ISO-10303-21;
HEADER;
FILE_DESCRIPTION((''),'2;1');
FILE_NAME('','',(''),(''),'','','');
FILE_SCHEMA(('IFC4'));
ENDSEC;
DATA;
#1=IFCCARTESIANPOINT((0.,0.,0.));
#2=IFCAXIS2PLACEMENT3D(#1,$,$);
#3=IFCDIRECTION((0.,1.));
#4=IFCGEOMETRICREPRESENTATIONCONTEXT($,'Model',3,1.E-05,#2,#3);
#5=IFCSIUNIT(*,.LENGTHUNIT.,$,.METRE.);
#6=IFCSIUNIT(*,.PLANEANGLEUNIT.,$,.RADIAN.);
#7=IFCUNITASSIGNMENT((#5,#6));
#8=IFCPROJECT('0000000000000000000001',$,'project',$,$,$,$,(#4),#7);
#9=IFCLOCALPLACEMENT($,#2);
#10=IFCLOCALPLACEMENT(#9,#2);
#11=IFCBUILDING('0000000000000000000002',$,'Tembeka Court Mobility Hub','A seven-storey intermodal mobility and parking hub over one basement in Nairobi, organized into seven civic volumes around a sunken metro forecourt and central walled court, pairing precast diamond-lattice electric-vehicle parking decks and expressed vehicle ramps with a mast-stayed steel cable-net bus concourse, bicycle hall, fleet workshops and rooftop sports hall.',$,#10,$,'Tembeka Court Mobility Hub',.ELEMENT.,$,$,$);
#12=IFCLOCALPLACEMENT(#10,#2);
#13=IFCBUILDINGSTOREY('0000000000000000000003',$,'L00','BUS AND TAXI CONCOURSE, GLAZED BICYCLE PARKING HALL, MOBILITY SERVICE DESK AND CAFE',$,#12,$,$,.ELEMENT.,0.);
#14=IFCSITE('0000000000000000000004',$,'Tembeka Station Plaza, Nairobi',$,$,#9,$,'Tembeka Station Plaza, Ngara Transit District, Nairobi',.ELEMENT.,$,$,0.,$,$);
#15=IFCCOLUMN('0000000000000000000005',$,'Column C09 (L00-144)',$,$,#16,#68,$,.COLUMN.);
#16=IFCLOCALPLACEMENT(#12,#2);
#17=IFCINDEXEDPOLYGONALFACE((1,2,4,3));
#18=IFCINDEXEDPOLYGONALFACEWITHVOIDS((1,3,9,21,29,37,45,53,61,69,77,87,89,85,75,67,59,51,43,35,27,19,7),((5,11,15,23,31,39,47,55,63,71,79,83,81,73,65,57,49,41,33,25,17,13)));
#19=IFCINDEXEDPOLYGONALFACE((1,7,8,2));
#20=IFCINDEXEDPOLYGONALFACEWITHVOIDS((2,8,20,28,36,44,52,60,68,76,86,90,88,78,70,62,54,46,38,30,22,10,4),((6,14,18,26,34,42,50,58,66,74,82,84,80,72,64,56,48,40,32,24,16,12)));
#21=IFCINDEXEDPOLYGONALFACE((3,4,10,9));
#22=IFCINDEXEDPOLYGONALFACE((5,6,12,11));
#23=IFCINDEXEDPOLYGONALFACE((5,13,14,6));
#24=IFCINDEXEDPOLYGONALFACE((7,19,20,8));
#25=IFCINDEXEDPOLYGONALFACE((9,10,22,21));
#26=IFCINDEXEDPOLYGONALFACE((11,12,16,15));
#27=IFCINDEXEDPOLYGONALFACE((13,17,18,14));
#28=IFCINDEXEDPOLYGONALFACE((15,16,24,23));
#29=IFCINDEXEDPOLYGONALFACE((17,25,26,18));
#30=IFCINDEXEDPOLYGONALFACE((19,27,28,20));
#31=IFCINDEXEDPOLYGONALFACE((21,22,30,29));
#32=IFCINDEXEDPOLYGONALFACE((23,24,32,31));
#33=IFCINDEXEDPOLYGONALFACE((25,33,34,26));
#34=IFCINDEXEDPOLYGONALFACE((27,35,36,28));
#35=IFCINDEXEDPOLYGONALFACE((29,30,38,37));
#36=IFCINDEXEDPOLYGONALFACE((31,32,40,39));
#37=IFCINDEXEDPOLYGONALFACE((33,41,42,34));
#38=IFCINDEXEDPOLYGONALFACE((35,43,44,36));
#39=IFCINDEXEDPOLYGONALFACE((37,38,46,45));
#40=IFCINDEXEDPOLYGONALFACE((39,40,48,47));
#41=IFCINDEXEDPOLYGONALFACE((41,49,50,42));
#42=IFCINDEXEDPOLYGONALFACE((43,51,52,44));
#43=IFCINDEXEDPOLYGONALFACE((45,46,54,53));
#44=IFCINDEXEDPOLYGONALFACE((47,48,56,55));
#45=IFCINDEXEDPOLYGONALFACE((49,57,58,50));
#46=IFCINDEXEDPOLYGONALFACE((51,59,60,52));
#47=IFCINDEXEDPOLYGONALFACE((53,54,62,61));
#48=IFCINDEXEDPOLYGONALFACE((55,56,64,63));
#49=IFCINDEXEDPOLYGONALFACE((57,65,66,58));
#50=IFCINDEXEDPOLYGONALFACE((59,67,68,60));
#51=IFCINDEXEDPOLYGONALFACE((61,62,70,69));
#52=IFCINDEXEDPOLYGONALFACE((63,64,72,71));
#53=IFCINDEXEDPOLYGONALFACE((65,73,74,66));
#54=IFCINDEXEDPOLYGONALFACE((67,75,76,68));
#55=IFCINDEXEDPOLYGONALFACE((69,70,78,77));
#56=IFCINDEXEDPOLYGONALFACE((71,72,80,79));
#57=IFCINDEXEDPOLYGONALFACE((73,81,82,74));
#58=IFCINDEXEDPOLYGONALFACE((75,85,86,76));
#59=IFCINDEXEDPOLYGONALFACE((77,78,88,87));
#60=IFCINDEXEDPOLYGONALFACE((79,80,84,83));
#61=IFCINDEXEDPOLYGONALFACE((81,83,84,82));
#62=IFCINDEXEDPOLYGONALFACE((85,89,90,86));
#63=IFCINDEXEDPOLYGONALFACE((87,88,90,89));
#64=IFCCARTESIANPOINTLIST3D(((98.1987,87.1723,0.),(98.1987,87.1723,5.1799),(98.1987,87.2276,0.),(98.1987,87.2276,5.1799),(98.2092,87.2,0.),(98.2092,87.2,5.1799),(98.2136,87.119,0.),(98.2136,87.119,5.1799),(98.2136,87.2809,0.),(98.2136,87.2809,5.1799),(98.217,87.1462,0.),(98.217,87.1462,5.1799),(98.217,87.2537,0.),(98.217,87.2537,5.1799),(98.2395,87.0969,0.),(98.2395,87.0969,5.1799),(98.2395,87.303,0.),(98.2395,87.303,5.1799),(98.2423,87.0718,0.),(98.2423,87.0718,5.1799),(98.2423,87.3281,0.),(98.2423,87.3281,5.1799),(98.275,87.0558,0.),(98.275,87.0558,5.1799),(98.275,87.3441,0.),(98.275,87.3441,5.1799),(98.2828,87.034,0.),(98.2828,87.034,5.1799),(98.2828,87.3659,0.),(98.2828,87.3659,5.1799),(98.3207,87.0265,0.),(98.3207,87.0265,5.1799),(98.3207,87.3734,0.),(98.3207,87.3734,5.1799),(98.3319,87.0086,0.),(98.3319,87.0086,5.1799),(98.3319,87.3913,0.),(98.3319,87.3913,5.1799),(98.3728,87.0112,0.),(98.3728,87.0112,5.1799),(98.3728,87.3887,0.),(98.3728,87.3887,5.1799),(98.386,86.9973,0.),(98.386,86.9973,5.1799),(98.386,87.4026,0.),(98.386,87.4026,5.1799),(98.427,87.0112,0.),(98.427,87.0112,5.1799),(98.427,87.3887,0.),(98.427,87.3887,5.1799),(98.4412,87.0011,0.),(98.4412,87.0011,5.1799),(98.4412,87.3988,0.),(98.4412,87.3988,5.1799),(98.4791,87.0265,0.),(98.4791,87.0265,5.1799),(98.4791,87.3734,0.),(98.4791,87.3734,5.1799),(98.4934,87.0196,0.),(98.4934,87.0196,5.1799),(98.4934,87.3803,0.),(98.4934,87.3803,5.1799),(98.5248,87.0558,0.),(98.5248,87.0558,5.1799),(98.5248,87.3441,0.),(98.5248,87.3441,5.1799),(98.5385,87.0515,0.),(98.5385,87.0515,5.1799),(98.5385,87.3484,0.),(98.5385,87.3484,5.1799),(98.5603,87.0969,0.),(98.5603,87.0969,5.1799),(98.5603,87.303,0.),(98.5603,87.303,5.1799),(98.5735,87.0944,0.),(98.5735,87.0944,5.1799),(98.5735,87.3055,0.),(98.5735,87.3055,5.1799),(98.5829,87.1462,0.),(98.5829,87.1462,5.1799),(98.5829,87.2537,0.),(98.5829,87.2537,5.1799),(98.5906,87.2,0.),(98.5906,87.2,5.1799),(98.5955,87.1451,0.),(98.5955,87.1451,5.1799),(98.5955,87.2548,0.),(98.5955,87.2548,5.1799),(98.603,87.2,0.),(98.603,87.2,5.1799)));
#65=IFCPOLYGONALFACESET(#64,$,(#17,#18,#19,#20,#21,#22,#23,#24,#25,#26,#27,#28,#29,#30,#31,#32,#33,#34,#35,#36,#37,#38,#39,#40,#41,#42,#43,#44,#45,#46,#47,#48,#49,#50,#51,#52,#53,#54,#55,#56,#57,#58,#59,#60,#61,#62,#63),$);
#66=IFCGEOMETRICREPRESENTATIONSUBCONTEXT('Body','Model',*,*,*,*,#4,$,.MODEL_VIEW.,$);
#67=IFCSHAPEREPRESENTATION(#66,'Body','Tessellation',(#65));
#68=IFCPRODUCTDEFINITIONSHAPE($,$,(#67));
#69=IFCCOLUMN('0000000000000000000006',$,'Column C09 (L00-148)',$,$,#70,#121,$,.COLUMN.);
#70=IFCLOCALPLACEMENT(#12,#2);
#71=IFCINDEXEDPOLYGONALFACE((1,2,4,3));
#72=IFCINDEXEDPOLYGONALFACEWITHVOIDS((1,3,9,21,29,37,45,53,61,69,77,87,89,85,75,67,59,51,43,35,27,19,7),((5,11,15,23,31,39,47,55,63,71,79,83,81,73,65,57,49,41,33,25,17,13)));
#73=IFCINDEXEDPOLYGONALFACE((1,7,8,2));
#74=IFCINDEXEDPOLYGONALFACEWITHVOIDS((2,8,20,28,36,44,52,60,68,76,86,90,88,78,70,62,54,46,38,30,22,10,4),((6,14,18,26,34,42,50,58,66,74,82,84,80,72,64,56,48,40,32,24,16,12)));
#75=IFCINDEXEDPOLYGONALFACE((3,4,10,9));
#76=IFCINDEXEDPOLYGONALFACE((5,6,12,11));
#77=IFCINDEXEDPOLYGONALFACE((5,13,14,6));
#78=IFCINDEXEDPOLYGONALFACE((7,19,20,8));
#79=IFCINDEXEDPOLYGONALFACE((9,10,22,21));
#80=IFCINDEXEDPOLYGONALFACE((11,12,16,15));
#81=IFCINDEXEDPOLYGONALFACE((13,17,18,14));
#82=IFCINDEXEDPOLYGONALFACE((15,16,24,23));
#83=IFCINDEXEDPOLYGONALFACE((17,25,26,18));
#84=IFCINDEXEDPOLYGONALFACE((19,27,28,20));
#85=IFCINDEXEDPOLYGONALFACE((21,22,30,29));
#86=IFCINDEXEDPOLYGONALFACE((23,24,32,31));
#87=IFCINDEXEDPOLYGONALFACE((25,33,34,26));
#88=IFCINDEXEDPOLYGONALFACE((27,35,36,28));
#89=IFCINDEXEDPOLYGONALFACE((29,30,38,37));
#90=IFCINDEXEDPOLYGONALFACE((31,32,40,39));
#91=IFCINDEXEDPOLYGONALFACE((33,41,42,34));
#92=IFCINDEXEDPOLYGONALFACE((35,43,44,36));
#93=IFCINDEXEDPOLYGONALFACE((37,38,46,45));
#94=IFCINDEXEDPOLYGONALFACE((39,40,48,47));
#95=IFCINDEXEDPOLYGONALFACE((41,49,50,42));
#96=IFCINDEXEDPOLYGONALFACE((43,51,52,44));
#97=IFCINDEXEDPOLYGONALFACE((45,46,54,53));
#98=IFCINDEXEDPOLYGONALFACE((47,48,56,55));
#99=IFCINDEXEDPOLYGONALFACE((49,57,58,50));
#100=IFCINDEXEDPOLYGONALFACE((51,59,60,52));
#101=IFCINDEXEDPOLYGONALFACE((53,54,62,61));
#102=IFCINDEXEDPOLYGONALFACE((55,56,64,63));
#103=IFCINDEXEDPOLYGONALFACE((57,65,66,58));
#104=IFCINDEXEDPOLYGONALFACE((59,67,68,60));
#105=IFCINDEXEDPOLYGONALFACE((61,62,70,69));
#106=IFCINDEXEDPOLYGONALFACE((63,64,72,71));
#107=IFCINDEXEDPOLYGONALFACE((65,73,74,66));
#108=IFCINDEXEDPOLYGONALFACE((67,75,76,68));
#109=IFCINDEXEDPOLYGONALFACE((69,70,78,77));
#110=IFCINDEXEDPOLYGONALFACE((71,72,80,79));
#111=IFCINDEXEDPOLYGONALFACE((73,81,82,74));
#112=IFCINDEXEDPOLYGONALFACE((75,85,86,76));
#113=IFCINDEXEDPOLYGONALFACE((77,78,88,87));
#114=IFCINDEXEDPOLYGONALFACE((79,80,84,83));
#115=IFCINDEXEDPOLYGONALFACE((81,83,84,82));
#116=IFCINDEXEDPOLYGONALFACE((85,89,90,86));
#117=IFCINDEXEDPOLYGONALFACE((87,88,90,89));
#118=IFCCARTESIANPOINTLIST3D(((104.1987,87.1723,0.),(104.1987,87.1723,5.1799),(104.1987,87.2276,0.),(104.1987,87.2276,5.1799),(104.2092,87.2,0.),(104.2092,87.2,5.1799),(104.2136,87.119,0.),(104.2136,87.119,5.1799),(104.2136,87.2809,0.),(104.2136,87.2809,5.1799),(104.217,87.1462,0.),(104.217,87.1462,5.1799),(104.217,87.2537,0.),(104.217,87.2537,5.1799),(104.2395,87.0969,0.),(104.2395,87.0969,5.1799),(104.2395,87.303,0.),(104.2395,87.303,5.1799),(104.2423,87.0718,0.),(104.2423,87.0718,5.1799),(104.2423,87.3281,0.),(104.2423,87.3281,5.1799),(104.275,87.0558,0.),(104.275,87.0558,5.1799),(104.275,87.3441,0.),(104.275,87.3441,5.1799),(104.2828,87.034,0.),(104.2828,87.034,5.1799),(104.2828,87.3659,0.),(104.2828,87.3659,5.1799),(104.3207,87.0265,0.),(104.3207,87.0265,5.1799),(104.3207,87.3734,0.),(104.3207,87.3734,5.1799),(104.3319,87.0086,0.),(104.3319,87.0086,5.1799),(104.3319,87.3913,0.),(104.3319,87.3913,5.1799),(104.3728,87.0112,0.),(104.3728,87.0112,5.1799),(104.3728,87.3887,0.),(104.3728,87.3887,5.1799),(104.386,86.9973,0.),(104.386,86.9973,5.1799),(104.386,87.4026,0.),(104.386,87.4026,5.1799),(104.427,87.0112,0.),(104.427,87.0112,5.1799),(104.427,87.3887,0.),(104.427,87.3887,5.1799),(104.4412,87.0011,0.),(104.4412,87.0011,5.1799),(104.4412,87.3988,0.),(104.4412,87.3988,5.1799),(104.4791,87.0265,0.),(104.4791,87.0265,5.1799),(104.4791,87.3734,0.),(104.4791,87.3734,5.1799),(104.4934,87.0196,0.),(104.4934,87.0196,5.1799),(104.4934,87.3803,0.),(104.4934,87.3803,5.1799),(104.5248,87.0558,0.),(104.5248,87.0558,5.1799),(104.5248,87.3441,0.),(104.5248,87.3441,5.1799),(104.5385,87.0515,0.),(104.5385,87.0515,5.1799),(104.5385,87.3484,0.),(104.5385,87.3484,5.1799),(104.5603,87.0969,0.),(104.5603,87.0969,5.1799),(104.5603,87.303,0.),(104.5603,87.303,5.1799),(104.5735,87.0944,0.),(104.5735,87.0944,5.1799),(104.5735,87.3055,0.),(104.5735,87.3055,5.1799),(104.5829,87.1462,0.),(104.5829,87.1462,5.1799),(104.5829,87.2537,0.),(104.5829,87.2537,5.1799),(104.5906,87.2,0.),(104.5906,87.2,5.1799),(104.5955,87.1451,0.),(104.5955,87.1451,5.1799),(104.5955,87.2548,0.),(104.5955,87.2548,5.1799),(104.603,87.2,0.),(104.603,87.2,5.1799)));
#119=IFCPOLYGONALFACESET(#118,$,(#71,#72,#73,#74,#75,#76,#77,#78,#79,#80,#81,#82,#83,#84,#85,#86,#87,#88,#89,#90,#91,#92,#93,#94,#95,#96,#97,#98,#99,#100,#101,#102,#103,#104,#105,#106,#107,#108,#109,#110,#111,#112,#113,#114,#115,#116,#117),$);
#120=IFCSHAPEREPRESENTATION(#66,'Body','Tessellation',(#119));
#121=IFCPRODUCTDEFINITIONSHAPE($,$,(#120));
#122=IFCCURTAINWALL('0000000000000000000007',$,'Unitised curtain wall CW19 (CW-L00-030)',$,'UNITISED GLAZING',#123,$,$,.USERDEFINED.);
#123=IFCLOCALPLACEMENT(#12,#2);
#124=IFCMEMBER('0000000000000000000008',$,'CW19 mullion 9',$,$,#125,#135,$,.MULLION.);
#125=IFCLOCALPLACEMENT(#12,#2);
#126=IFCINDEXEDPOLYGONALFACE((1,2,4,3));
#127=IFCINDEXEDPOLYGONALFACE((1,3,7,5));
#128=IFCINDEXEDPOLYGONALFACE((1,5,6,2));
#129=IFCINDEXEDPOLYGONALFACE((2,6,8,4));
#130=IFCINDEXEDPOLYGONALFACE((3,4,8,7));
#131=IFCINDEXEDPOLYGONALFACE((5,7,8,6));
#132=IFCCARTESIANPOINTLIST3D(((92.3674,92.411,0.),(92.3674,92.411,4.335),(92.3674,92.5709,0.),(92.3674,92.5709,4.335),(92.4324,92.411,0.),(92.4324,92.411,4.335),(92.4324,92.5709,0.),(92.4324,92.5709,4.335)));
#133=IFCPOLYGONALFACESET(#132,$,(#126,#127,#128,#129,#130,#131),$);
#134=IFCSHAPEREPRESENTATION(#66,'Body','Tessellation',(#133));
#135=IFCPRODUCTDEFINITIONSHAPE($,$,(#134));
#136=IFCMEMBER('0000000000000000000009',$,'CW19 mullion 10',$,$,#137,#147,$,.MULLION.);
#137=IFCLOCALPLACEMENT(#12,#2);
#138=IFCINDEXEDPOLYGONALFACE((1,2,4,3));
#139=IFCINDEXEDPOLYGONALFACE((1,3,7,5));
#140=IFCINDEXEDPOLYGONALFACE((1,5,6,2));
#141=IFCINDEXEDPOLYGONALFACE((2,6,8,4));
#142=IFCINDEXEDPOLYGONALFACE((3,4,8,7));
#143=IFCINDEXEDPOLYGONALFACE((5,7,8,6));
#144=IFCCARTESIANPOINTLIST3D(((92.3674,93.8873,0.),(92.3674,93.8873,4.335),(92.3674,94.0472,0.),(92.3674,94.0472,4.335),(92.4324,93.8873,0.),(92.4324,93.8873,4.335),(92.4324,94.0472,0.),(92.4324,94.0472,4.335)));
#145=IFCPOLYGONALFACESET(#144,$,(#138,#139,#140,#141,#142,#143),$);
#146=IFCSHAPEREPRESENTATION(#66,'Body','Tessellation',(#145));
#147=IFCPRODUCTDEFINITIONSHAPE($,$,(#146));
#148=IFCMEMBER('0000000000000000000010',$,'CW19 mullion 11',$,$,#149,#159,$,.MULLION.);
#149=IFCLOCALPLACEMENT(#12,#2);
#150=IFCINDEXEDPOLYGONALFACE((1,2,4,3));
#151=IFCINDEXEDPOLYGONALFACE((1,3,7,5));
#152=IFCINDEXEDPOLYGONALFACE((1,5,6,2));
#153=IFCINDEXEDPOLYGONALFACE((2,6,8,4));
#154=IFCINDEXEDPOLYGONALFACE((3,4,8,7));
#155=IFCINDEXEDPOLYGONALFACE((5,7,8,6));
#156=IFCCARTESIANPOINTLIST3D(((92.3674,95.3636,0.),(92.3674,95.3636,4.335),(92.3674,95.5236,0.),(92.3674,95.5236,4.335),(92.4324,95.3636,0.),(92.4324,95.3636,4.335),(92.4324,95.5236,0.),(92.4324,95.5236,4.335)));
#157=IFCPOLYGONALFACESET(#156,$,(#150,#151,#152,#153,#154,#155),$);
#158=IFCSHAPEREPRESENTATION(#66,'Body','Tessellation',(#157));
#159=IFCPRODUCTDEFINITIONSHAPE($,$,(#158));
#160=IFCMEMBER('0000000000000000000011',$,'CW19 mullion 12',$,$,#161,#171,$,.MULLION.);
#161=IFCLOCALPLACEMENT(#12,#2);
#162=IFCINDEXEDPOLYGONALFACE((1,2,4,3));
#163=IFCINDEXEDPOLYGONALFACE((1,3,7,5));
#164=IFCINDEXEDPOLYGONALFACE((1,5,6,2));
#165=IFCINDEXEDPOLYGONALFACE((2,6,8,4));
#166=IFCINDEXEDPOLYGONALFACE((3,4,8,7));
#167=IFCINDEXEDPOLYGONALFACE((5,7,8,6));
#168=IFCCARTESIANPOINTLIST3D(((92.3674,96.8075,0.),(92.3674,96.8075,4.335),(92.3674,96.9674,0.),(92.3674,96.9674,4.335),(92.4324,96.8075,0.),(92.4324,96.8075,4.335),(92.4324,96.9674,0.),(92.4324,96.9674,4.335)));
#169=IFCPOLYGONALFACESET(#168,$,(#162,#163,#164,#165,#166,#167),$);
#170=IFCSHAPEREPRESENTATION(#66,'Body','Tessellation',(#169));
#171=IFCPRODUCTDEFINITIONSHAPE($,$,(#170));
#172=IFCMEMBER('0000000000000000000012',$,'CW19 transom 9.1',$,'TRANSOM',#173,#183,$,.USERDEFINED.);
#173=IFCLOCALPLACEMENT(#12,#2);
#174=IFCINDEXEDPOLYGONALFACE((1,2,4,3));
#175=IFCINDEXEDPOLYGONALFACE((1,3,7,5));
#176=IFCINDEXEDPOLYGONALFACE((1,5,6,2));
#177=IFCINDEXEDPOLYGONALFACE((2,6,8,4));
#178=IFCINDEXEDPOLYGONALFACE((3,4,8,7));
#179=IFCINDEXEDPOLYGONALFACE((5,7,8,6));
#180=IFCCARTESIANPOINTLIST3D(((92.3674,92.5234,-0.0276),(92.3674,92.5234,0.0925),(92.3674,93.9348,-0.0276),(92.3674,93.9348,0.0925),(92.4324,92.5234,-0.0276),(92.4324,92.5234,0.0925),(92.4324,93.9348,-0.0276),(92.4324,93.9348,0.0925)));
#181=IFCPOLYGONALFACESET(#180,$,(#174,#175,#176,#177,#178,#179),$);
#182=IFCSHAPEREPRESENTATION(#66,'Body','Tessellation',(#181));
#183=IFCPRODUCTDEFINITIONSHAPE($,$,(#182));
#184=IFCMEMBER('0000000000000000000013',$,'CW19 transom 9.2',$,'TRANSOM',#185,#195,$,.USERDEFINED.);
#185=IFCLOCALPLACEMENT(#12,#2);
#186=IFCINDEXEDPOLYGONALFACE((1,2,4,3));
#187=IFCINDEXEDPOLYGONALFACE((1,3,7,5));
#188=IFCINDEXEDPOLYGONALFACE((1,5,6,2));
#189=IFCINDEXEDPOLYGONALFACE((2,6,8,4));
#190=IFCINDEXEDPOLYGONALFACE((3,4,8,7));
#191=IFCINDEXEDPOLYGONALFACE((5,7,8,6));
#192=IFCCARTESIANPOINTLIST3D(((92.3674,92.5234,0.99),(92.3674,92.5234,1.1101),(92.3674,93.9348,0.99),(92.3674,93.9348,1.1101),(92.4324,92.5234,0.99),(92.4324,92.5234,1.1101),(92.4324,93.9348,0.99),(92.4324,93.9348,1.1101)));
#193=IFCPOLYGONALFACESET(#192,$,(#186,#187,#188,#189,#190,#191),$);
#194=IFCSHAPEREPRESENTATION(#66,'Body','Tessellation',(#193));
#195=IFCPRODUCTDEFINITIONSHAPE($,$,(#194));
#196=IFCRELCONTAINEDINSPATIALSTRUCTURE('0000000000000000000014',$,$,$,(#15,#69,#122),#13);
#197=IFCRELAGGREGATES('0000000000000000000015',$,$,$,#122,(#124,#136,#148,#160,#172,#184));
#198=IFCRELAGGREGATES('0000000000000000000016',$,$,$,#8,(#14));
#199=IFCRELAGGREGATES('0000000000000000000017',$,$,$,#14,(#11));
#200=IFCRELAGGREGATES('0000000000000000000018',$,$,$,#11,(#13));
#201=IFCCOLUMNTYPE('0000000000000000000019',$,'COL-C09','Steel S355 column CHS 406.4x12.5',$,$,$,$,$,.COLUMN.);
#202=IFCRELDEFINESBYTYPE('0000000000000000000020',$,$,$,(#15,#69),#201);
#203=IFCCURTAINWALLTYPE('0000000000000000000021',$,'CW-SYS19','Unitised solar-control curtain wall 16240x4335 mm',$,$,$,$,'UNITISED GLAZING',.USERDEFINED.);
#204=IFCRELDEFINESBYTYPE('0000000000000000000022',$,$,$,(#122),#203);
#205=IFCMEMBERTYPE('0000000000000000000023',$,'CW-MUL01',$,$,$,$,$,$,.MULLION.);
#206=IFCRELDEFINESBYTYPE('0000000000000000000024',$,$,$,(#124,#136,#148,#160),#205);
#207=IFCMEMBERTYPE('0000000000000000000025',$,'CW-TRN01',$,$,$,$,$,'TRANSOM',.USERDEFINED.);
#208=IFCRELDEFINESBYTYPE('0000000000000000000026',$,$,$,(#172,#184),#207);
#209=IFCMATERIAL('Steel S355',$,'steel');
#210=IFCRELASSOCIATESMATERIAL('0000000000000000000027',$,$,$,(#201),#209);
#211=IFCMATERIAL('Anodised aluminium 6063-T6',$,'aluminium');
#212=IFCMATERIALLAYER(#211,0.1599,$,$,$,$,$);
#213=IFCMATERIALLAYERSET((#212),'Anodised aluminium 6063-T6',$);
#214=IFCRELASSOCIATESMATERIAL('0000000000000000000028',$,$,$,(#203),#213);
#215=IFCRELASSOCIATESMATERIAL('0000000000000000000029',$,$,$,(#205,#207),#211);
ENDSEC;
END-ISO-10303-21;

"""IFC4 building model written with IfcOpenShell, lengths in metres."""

from ifc_helpers import new_model, si_unit, direction, frame, origin, origin_2d, place, context, subcontext, project, spatial, rectangle, hollow_circle, extrude, material, layer, layer_set, material_profile, profile_set, type_object, element, aggregate, save


model = new_model("IFC4")

# Units and contexts
model_context = context("Model", 3, precision=1e-05, world=origin(), true_north=direction((0.0, 1.0)))
body_context = subcontext(model_context, "Body", "Model", "MODEL_VIEW")
ifc_project = project(units=[si_unit("LENGTHUNIT", "METRE"), si_unit("PLANEANGLEUNIT", "RADIAN")], contexts=[model_context])

# Site, building, storey
site_placement = place(None, origin())
site = spatial("IfcSite", under=ifc_project, at=site_placement, Name="Tembeka Station Plaza, Nairobi", LongName="Tembeka Station Plaza, Ngara Transit District, Nairobi", CompositionType="ELEMENT", RefElevation=0.0)
building_placement = place(site_placement, origin())
building = spatial("IfcBuilding", under=site, at=building_placement, Name="Tembeka Court Mobility Hub", Description="A seven-storey intermodal mobility and parking hub over one basement in Nairobi, organized into seven civic volumes around a sunken metro forecourt and central walled court, pairing precast diamond-lattice electric-vehicle parking decks and expressed vehicle ramps with a mast-stayed steel cable-net bus concourse, bicycle hall, fleet workshops and rooftop sports hall.", LongName="Tembeka Court Mobility Hub", CompositionType="ELEMENT")
storey_placement = place(building_placement, origin())
storey = spatial("IfcBuildingStorey", under=building, at=storey_placement, Name="L00", Description="BUS AND TAXI CONCOURSE, GLAZED BICYCLE PARKING HALL, MOBILITY SERVICE DESK AND CAFE", CompositionType="ELEMENT", Elevation=0.0)

# Columns
ifc_material_1 = material(Name="Steel S355", Category="steel")
ifc_material_profile_1 = material_profile(ifc_material_1, hollow_circle(Radius=0.2031, WallThickness=0.0125, at=origin_2d()), Name="CHS 406.4x12.5")
ifc_profile_set_1 = profile_set([ifc_material_profile_1], Name="Steel S355")
column_type = type_object("IfcColumnType", Name="COL-C09", Description="Steel S355 column CHS 406.4x12.5", PredefinedType="COLUMN", material=ifc_profile_set_1)
for number, where, z_axis, x_axis, name in (
    (1, (98.3999, 87.2, 0.0), (0.0, 0.0, 1.0), (1.0, 0.0, 0.0), "Column C09 (L00-144)"),
    (2, (104.3999, 87.2, 0.0), (0.0, 0.0, 1.0), (1.0, 0.0, 0.0), "Column C09 (L00-148)"),
):
    element("IfcColumn", number, at=place(storey_placement, frame(where, z_axis=z_axis, x_axis=x_axis)), inside=storey, type_object=column_type, Name=name, PredefinedType="COLUMN", context=body_context, shape_type="SweptSolid", body=[
        extrude(hollow_circle(Radius=0.2031, WallThickness=0.0125, at=origin_2d()), origin(), (0.0, 0.0, 1.0), 5.1799),
    ])

# Curtain wall, members
ifc_material_2 = material(Name="Anodised aluminium 6063-T6", Category="aluminium")
ifc_layer_1 = layer(ifc_material_2, 0.1599)
ifc_layer_set_1 = layer_set([ifc_layer_1], Name="Anodised aluminium 6063-T6")
curtain_wall_type = type_object("IfcCurtainWallType", Name="CW-SYS19", Description="Unitised solar-control curtain wall 16240x4335 mm", ElementType="UNITISED GLAZING", PredefinedType="USERDEFINED", material=ifc_layer_set_1)
curtain_wall_placement = place(storey_placement, origin())
curtain_wall = element("IfcCurtainWall", 3, at=curtain_wall_placement, inside=storey, type_object=curtain_wall_type, Name="Unitised curtain wall CW19 (CW-L00-030)", ObjectType="UNITISED GLAZING", PredefinedType="USERDEFINED")
ifc_material_profile_2 = material_profile(ifc_material_2, rectangle(XDim=0.0649, YDim=0.1599, at=origin_2d()), Name="ALU-MUL 65x160")
ifc_profile_set_2 = profile_set([ifc_material_profile_2], Name="Anodised aluminium 6063-T6")
member_type_1 = type_object("IfcMemberType", Name="CW-MUL01", PredefinedType="MULLION", material=ifc_profile_set_2)
member_1_placement = place(storey_placement, frame((92.3999, 92.491, 0.0), z_axis=(0.0, 0.0, 1.0), x_axis=(-1.0, 0.0, 0.0)))
member_1 = element("IfcMember", 4, at=member_1_placement, type_object=member_type_1, Name="CW19 mullion 9", PredefinedType="MULLION", context=body_context, shape_type="SweptSolid", body=[
    extrude(rectangle(XDim=0.0649, YDim=0.1599, at=origin_2d()), origin(), (0.0, 0.0, 1.0), 4.335),
])
member_2_placement = place(storey_placement, frame((92.3999, 93.9673, 0.0), z_axis=(0.0, 0.0, 1.0), x_axis=(-1.0, 0.0, 0.0)))
member_2 = element("IfcMember", 5, at=member_2_placement, type_object=member_type_1, Name="CW19 mullion 10", PredefinedType="MULLION", context=body_context, shape_type="SweptSolid", body=[
    extrude(rectangle(XDim=0.0649, YDim=0.1599, at=origin_2d()), origin(), (0.0, 0.0, 1.0), 4.335),
])
member_3_placement = place(storey_placement, frame((92.3999, 95.4436, 0.0), z_axis=(0.0, 0.0, 1.0), x_axis=(-1.0, 0.0, 0.0)))
member_3 = element("IfcMember", 6, at=member_3_placement, type_object=member_type_1, Name="CW19 mullion 11", PredefinedType="MULLION", context=body_context, shape_type="SweptSolid", body=[
    extrude(rectangle(XDim=0.0649, YDim=0.1599, at=origin_2d()), origin(), (0.0, 0.0, 1.0), 4.335),
])
member_4_placement = place(storey_placement, frame((92.3999, 96.8875, 0.0), z_axis=(0.0, 0.0, 1.0), x_axis=(-1.0, 0.0, 0.0)))
member_4 = element("IfcMember", 7, at=member_4_placement, type_object=member_type_1, Name="CW19 mullion 12", PredefinedType="MULLION", context=body_context, shape_type="SweptSolid", body=[
    extrude(rectangle(XDim=0.0649, YDim=0.1599, at=origin_2d()), origin(), (0.0, 0.0, 1.0), 4.335),
])
ifc_material_profile_3 = material_profile(ifc_material_2, rectangle(XDim=0.0649, YDim=0.1201, at=origin_2d()), Name="ALU-TRN 65x120")
ifc_profile_set_3 = profile_set([ifc_material_profile_3], Name="Anodised aluminium 6063-T6")
member_type_2 = type_object("IfcMemberType", Name="CW-TRN01", ElementType="TRANSOM", PredefinedType="USERDEFINED", material=ifc_profile_set_3)
member_5_placement = place(storey_placement, frame((92.3999, 92.5234, 0.0325), z_axis=(0.0, 1.0, 0.0), x_axis=(-1.0, 0.0, 0.0)))
member_5 = element("IfcMember", 8, at=member_5_placement, type_object=member_type_2, Name="CW19 transom 9.1", ObjectType="TRANSOM", PredefinedType="USERDEFINED", context=body_context, shape_type="SweptSolid", body=[
    extrude(rectangle(XDim=0.0649, YDim=0.1201, at=origin_2d()), origin(), (0.0, 0.0, 1.0), 1.4114),
])
member_6_placement = place(storey_placement, frame((92.3999, 92.5234, 1.05), z_axis=(0.0, 1.0, 0.0), x_axis=(-1.0, 0.0, 0.0)))
member_6 = element("IfcMember", 9, at=member_6_placement, type_object=member_type_2, Name="CW19 transom 9.2", ObjectType="TRANSOM", PredefinedType="USERDEFINED", context=body_context, shape_type="SweptSolid", body=[
    extrude(rectangle(XDim=0.0649, YDim=0.1201, at=origin_2d()), origin(), (0.0, 0.0, 1.0), 1.4114),
])
aggregate(curtain_wall, [member_1, member_2, member_3, member_4, member_5, member_6])

save(model, "model.ifc")
